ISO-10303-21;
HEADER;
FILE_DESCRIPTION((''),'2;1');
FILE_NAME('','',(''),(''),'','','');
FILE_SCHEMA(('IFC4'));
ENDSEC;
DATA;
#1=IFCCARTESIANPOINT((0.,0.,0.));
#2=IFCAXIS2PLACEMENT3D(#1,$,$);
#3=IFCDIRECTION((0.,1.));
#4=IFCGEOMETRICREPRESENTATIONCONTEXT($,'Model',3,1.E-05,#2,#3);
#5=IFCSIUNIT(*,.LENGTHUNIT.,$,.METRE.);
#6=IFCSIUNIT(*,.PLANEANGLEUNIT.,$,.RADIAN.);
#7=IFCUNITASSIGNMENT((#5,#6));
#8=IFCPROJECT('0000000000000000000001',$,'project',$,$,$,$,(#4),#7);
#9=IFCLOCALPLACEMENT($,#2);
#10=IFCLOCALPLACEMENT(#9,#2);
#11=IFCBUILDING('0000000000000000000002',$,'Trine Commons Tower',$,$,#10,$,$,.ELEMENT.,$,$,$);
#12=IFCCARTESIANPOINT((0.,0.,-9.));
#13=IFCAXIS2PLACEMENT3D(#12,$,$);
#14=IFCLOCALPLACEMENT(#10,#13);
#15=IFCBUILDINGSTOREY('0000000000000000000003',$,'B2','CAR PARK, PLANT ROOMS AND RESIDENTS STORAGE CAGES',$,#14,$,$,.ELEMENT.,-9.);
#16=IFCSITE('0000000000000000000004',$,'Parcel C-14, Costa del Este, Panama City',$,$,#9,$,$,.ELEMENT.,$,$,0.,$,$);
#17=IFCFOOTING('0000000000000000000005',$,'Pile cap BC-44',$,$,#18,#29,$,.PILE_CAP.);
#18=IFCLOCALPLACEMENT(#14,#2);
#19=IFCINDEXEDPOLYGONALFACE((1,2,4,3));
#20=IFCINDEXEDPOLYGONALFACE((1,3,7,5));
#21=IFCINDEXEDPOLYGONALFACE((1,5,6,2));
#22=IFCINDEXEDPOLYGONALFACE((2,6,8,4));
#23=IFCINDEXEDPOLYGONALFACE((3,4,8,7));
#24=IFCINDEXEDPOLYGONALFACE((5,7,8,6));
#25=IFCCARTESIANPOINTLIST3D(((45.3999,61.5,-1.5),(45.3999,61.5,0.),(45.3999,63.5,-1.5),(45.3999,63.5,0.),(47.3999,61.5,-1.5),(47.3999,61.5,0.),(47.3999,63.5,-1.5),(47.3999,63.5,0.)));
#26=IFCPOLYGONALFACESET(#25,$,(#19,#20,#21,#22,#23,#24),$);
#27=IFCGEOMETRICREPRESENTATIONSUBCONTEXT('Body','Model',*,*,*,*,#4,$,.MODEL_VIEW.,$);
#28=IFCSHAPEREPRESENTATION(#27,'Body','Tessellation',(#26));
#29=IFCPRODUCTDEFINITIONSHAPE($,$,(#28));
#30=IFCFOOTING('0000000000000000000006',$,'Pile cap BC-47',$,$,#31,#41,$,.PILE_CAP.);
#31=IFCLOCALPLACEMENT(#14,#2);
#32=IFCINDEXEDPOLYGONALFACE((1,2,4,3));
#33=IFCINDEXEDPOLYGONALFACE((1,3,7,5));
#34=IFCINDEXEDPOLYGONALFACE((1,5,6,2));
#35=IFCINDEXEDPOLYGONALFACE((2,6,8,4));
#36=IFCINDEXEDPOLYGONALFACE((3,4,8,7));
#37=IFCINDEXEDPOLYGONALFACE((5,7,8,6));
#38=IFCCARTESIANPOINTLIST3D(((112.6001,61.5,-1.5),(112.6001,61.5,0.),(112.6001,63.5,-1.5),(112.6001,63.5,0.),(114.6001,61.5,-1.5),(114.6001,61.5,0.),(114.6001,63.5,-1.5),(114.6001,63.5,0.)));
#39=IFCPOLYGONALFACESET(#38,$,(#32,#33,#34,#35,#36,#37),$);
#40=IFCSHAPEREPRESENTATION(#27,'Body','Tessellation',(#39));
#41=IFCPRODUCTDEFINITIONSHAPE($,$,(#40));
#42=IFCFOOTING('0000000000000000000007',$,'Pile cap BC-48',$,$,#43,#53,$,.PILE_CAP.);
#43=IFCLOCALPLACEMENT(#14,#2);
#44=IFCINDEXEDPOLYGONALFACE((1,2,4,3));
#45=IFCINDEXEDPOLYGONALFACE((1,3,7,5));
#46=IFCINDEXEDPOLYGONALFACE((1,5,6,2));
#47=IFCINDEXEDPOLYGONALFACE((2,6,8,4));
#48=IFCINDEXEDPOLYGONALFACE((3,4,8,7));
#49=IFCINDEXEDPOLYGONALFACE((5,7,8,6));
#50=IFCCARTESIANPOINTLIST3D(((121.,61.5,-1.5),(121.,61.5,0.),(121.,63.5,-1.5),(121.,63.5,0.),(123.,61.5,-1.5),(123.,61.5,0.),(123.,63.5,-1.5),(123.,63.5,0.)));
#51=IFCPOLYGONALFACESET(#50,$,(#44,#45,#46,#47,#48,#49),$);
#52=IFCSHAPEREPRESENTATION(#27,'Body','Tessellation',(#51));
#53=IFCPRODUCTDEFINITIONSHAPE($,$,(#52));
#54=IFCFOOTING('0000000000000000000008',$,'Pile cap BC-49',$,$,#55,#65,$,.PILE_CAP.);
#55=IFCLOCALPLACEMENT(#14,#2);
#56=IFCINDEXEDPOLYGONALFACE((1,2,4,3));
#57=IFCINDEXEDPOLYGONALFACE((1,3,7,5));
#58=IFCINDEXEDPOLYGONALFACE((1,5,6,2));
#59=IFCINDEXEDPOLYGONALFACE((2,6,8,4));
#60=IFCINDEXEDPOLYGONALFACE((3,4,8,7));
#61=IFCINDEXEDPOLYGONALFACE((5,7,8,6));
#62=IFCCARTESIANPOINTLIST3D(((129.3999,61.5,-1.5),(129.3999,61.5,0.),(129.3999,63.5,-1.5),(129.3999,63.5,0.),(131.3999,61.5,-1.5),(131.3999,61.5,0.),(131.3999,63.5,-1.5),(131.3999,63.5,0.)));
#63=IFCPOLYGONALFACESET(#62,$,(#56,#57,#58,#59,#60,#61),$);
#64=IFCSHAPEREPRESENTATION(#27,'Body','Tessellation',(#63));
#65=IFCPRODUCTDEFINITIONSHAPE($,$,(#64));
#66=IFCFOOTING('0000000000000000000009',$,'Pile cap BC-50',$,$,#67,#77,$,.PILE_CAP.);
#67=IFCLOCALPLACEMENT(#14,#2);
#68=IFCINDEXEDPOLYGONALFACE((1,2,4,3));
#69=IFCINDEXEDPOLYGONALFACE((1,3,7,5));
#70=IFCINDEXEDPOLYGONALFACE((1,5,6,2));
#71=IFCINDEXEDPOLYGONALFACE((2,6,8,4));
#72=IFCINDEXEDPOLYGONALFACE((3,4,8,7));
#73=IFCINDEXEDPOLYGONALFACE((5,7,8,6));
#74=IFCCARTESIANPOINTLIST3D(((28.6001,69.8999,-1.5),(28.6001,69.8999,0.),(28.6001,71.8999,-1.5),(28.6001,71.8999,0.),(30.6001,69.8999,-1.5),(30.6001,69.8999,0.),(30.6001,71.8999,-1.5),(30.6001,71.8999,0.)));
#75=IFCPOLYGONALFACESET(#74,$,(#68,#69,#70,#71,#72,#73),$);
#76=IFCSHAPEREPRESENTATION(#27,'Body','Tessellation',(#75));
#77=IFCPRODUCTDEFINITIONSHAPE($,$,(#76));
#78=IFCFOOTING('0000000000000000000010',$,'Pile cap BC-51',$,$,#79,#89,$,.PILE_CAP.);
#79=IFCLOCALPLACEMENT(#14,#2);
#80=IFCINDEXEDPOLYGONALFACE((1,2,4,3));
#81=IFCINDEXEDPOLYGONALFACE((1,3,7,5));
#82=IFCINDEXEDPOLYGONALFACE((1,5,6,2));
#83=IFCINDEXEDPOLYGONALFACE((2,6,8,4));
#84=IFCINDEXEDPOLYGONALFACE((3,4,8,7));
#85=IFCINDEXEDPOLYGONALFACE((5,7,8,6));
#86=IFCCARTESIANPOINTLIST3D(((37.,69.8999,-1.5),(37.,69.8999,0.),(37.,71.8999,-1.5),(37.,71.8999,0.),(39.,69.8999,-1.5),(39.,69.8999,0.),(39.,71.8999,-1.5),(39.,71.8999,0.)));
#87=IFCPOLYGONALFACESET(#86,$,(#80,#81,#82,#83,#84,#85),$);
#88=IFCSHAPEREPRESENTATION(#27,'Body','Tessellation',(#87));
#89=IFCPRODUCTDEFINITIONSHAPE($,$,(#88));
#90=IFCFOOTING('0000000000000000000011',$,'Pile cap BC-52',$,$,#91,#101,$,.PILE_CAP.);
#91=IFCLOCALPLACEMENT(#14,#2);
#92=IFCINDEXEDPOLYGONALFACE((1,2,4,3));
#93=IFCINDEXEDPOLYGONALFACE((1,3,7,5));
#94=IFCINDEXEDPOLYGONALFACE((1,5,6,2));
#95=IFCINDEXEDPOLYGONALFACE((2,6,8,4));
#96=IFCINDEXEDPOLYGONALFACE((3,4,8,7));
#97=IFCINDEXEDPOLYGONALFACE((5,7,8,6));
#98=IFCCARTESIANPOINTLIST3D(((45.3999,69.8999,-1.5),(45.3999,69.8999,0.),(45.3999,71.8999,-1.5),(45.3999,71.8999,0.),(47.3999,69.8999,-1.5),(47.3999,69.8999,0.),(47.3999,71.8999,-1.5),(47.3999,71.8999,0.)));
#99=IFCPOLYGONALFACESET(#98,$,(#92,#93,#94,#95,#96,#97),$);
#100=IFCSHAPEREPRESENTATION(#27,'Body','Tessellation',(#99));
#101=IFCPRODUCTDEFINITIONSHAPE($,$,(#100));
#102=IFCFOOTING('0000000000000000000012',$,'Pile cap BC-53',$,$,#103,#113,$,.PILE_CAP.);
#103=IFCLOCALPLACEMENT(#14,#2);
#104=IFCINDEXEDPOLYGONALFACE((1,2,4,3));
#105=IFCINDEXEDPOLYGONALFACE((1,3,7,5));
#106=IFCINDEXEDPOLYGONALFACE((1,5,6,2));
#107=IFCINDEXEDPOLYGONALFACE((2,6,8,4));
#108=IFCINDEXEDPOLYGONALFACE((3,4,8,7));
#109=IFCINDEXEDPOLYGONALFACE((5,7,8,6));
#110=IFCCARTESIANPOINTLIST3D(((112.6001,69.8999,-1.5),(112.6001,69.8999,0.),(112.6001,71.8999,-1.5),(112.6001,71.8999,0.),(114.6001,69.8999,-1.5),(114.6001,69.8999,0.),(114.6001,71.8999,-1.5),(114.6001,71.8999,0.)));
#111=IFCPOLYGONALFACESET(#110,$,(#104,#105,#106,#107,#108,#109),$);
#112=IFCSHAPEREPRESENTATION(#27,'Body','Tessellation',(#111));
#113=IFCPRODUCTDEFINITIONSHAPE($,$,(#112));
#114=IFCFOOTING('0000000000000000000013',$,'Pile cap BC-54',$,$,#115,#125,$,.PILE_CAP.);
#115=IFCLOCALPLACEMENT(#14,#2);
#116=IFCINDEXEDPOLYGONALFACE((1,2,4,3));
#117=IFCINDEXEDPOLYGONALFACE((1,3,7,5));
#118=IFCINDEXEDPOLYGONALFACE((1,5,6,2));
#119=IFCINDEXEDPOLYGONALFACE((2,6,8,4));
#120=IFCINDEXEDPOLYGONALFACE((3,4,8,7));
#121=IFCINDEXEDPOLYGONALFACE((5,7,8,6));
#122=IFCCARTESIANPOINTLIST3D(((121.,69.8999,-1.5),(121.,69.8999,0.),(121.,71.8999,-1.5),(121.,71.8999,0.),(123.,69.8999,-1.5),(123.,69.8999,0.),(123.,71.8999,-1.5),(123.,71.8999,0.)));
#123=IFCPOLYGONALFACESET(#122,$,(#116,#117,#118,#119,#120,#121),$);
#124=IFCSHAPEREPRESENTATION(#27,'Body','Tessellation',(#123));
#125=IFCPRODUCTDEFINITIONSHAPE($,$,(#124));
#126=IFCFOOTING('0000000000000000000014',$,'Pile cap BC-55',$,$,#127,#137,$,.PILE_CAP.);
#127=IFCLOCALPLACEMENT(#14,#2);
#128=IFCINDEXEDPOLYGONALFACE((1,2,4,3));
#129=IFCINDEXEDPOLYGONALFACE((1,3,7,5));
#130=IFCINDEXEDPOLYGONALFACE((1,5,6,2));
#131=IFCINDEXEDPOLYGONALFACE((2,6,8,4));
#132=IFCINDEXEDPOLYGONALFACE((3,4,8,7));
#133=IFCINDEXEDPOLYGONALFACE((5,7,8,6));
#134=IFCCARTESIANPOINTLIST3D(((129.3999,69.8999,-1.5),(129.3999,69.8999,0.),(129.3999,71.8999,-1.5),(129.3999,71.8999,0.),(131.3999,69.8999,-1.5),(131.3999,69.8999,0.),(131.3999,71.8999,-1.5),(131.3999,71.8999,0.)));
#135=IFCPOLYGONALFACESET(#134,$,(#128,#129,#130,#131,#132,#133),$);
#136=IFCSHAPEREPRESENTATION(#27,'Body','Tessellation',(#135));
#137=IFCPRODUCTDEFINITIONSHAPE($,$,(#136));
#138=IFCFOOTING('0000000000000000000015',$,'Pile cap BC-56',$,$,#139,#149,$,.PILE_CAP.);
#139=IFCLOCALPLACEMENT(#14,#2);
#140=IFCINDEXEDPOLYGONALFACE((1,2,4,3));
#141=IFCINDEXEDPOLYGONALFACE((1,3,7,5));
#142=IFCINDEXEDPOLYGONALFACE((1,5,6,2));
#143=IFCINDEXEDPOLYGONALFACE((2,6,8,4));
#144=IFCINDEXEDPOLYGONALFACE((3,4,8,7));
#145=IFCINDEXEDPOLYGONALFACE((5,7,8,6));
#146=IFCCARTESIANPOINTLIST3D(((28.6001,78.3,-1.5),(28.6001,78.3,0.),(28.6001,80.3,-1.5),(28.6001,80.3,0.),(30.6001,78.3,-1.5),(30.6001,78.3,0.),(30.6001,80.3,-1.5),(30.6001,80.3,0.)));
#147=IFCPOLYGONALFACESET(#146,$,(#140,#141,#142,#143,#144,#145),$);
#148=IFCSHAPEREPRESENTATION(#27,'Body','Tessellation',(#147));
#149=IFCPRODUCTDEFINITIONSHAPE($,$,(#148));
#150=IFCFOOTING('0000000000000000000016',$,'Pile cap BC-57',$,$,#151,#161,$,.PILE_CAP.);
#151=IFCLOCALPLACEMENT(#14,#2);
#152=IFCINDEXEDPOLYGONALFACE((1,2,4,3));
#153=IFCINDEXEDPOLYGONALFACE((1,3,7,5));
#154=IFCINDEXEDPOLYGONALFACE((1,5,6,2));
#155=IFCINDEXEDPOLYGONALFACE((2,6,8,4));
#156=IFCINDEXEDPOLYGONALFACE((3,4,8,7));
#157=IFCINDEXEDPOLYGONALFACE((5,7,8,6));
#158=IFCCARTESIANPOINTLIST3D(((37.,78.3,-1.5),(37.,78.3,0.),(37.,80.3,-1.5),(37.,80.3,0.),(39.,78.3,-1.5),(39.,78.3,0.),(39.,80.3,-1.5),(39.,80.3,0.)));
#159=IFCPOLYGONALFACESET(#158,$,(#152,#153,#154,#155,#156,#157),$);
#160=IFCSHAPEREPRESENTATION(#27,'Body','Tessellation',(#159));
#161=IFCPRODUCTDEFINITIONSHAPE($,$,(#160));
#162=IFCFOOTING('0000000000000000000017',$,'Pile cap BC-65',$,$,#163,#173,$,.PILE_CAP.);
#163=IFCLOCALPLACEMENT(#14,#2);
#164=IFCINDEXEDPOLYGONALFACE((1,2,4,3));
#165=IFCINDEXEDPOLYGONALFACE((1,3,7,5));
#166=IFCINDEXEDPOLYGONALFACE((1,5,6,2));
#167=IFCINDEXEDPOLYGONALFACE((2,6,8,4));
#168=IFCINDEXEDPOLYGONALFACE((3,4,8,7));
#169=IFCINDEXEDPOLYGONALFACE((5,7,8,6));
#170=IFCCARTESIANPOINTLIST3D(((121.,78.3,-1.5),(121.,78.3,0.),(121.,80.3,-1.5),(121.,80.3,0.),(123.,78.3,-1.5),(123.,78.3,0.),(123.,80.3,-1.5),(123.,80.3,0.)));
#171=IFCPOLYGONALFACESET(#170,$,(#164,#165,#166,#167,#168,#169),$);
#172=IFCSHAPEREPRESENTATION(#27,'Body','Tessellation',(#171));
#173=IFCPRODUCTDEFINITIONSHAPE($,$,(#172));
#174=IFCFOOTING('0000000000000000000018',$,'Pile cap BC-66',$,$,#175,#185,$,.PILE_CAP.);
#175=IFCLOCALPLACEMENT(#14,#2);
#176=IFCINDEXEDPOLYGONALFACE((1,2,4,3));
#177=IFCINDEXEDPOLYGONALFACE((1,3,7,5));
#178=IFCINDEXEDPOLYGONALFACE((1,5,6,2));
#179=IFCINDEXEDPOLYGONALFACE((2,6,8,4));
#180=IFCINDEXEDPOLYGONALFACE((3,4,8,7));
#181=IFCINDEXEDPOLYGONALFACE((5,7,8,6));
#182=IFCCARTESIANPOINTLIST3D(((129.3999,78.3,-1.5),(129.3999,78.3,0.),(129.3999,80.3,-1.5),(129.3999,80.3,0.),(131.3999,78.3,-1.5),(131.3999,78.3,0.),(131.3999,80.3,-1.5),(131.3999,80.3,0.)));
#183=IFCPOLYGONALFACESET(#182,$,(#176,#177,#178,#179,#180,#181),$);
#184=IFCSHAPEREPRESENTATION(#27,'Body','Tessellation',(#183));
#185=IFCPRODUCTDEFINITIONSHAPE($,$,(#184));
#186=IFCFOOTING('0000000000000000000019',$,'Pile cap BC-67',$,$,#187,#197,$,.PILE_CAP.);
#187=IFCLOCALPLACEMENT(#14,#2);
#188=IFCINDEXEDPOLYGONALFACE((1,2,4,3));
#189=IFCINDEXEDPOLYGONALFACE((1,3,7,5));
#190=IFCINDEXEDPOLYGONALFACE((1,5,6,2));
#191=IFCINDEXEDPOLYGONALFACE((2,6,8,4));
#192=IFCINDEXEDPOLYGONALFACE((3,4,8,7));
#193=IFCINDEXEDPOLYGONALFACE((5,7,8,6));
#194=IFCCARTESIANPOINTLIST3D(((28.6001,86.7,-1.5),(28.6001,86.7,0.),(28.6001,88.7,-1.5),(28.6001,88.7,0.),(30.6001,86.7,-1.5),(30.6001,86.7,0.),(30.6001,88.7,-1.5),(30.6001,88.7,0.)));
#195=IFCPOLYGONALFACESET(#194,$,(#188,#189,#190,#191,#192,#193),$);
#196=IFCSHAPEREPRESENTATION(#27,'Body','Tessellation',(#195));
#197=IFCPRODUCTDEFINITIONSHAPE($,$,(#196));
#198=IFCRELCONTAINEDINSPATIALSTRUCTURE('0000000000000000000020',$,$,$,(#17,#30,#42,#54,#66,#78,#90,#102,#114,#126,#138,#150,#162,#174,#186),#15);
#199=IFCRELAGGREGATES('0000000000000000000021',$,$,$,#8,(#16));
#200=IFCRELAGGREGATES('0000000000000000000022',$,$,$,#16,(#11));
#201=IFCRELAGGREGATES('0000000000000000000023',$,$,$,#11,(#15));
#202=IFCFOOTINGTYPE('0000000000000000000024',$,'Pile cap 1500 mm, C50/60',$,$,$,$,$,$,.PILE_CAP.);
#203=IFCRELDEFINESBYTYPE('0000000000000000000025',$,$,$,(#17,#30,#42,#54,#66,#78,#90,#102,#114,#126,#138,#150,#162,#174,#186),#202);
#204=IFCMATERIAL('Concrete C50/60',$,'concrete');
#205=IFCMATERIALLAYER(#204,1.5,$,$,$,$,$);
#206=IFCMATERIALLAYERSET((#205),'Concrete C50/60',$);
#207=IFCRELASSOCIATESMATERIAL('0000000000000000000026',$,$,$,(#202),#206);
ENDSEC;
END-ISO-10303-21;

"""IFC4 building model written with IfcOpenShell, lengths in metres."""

from ifc_helpers import new_model, si_unit, direction, frame, origin, place, context, subcontext, project, spatial, polyline, outline, extrude, material, layer, layer_set, type_object, element, save


model = new_model("IFC4")

# Units and contexts
model_context = context("Model", 3, precision=1e-05, world=origin(), true_north=direction((0.0, 1.0)))
body_context = subcontext(model_context, "Body", "Model", "MODEL_VIEW")
ifc_project = project(units=[si_unit("LENGTHUNIT", "METRE"), si_unit("PLANEANGLEUNIT", "RADIAN")], contexts=[model_context])

# Site, building, storey
site_placement = place(None, origin())
site = spatial("IfcSite", under=ifc_project, at=site_placement, Name="Parcel C-14, Costa del Este, Panama City", CompositionType="ELEMENT", RefElevation=0.0)
building_placement = place(site_placement, origin())
building = spatial("IfcBuilding", under=site, at=building_placement, Name="Trine Commons Tower", CompositionType="ELEMENT")
storey_placement = place(building_placement, frame((0.0, 0.0, -9.0)))
storey = spatial("IfcBuildingStorey", under=building, at=storey_placement, Name="B2", Description="CAR PARK, PLANT ROOMS AND RESIDENTS STORAGE CAGES", CompositionType="ELEMENT", Elevation=-9.0)

# Footings
ifc_material = material(Name="Concrete C50/60", Category="concrete")
ifc_layer = layer(ifc_material, 1.5)
ifc_layer_set = layer_set([ifc_layer], Name="Concrete C50/60")
footing_type = type_object("IfcFootingType", Name="Pile cap 1500 mm, C50/60", PredefinedType="PILE_CAP", material=ifc_layer_set)
footing_1_placement = place(storey_placement, frame((0.0, 0.0, -1.5)))
element("IfcFooting", 1, at=footing_1_placement, inside=storey, type_object=footing_type, Name="Pile cap BC-44", PredefinedType="PILE_CAP", context=body_context, shape_type="SweptSolid", body=[
    extrude(outline(polyline([(45.3999, 61.5), (45.3999, 63.5), (47.3999, 63.5), (47.3999, 61.5), (45.3999, 61.5)])), origin(), (0.0, 0.0, 1.0), 1.5),
])
footing_2_placement = place(storey_placement, frame((0.0, 0.0, -1.5)))
element("IfcFooting", 2, at=footing_2_placement, inside=storey, type_object=footing_type, Name="Pile cap BC-47", PredefinedType="PILE_CAP", context=body_context, shape_type="SweptSolid", body=[
    extrude(outline(polyline([(112.6001, 61.5), (112.6001, 63.5), (114.6001, 63.5), (114.6001, 61.5), (112.6001, 61.5)])), origin(), (0.0, 0.0, 1.0), 1.5),
])
footing_3_placement = place(storey_placement, frame((0.0, 0.0, -1.5)))
element("IfcFooting", 3, at=footing_3_placement, inside=storey, type_object=footing_type, Name="Pile cap BC-48", PredefinedType="PILE_CAP", context=body_context, shape_type="SweptSolid", body=[
    extrude(outline(polyline([(121.0, 61.5), (121.0, 63.5), (123.0, 63.5), (123.0, 61.5), (121.0, 61.5)])), origin(), (0.0, 0.0, 1.0), 1.5),
])
footing_4_placement = place(storey_placement, frame((0.0, 0.0, -1.5)))
element("IfcFooting", 4, at=footing_4_placement, inside=storey, type_object=footing_type, Name="Pile cap BC-49", PredefinedType="PILE_CAP", context=body_context, shape_type="SweptSolid", body=[
    extrude(outline(polyline([(129.3999, 61.5), (129.3999, 63.5), (131.3999, 63.5), (131.3999, 61.5), (129.3999, 61.5)])), origin(), (0.0, 0.0, 1.0), 1.5),
])
footing_5_placement = place(storey_placement, frame((0.0, 0.0, -1.5)))
element("IfcFooting", 5, at=footing_5_placement, inside=storey, type_object=footing_type, Name="Pile cap BC-50", PredefinedType="PILE_CAP", context=body_context, shape_type="SweptSolid", body=[
    extrude(outline(polyline([(28.6001, 69.8999), (28.6001, 71.8999), (30.6001, 71.8999), (30.6001, 69.8999), (28.6001, 69.8999)])), origin(), (0.0, 0.0, 1.0), 1.5),
])
footing_6_placement = place(storey_placement, frame((0.0, 0.0, -1.5)))
element("IfcFooting", 6, at=footing_6_placement, inside=storey, type_object=footing_type, Name="Pile cap BC-51", PredefinedType="PILE_CAP", context=body_context, shape_type="SweptSolid", body=[
    extrude(outline(polyline([(37.0, 69.8999), (37.0, 71.8999), (39.0, 71.8999), (39.0, 69.8999), (37.0, 69.8999)])), origin(), (0.0, 0.0, 1.0), 1.5),
])
footing_7_placement = place(storey_placement, frame((0.0, 0.0, -1.5)))
element("IfcFooting", 7, at=footing_7_placement, inside=storey, type_object=footing_type, Name="Pile cap BC-52", PredefinedType="PILE_CAP", context=body_context, shape_type="SweptSolid", body=[
    extrude(outline(polyline([(45.3999, 69.8999), (45.3999, 71.8999), (47.3999, 71.8999), (47.3999, 69.8999), (45.3999, 69.8999)])), origin(), (0.0, 0.0, 1.0), 1.5),
])
footing_8_placement = place(storey_placement, frame((0.0, 0.0, -1.5)))
element("IfcFooting", 8, at=footing_8_placement, inside=storey, type_object=footing_type, Name="Pile cap BC-53", PredefinedType="PILE_CAP", context=body_context, shape_type="SweptSolid", body=[
    extrude(outline(polyline([(112.6001, 69.8999), (112.6001, 71.8999), (114.6001, 71.8999), (114.6001, 69.8999), (112.6001, 69.8999)])), origin(), (0.0, 0.0, 1.0), 1.5),
])
footing_9_placement = place(storey_placement, frame((0.0, 0.0, -1.5)))
element("IfcFooting", 9, at=footing_9_placement, inside=storey, type_object=footing_type, Name="Pile cap BC-54", PredefinedType="PILE_CAP", context=body_context, shape_type="SweptSolid", body=[
    extrude(outline(polyline([(121.0, 69.8999), (121.0, 71.8999), (123.0, 71.8999), (123.0, 69.8999), (121.0, 69.8999)])), origin(), (0.0, 0.0, 1.0), 1.5),
])
footing_10_placement = place(storey_placement, frame((0.0, 0.0, -1.5)))
element("IfcFooting", 10, at=footing_10_placement, inside=storey, type_object=footing_type, Name="Pile cap BC-55", PredefinedType="PILE_CAP", context=body_context, shape_type="SweptSolid", body=[
    extrude(outline(polyline([(129.3999, 69.8999), (129.3999, 71.8999), (131.3999, 71.8999), (131.3999, 69.8999), (129.3999, 69.8999)])), origin(), (0.0, 0.0, 1.0), 1.5),
])
footing_11_placement = place(storey_placement, frame((0.0, 0.0, -1.5)))
element("IfcFooting", 11, at=footing_11_placement, inside=storey, type_object=footing_type, Name="Pile cap BC-56", PredefinedType="PILE_CAP", context=body_context, shape_type="SweptSolid", body=[
    extrude(outline(polyline([(28.6001, 78.3), (28.6001, 80.3), (30.6001, 80.3), (30.6001, 78.3), (28.6001, 78.3)])), origin(), (0.0, 0.0, 1.0), 1.5),
])
footing_12_placement = place(storey_placement, frame((0.0, 0.0, -1.5)))
element("IfcFooting", 12, at=footing_12_placement, inside=storey, type_object=footing_type, Name="Pile cap BC-57", PredefinedType="PILE_CAP", context=body_context, shape_type="SweptSolid", body=[
    extrude(outline(polyline([(37.0, 78.3), (37.0, 80.3), (39.0, 80.3), (39.0, 78.3), (37.0, 78.3)])), origin(), (0.0, 0.0, 1.0), 1.5),
])
footing_13_placement = place(storey_placement, frame((0.0, 0.0, -1.5)))
element("IfcFooting", 13, at=footing_13_placement, inside=storey, type_object=footing_type, Name="Pile cap BC-65", PredefinedType="PILE_CAP", context=body_context, shape_type="SweptSolid", body=[
    extrude(outline(polyline([(121.0, 78.3), (121.0, 80.3), (123.0, 80.3), (123.0, 78.3), (121.0, 78.3)])), origin(), (0.0, 0.0, 1.0), 1.5),
])
footing_14_placement = place(storey_placement, frame((0.0, 0.0, -1.5)))
element("IfcFooting", 14, at=footing_14_placement, inside=storey, type_object=footing_type, Name="Pile cap BC-66", PredefinedType="PILE_CAP", context=body_context, shape_type="SweptSolid", body=[
    extrude(outline(polyline([(129.3999, 78.3), (129.3999, 80.3), (131.3999, 80.3), (131.3999, 78.3), (129.3999, 78.3)])), origin(), (0.0, 0.0, 1.0), 1.5),
])
footing_15_placement = place(storey_placement, frame((0.0, 0.0, -1.5)))
element("IfcFooting", 15, at=footing_15_placement, inside=storey, type_object=footing_type, Name="Pile cap BC-67", PredefinedType="PILE_CAP", context=body_context, shape_type="SweptSolid", body=[
    extrude(outline(polyline([(28.6001, 86.7), (28.6001, 88.7), (30.6001, 88.7), (30.6001, 86.7), (28.6001, 86.7)])), origin(), (0.0, 0.0, 1.0), 1.5),
])

save(model, "model.ifc")
